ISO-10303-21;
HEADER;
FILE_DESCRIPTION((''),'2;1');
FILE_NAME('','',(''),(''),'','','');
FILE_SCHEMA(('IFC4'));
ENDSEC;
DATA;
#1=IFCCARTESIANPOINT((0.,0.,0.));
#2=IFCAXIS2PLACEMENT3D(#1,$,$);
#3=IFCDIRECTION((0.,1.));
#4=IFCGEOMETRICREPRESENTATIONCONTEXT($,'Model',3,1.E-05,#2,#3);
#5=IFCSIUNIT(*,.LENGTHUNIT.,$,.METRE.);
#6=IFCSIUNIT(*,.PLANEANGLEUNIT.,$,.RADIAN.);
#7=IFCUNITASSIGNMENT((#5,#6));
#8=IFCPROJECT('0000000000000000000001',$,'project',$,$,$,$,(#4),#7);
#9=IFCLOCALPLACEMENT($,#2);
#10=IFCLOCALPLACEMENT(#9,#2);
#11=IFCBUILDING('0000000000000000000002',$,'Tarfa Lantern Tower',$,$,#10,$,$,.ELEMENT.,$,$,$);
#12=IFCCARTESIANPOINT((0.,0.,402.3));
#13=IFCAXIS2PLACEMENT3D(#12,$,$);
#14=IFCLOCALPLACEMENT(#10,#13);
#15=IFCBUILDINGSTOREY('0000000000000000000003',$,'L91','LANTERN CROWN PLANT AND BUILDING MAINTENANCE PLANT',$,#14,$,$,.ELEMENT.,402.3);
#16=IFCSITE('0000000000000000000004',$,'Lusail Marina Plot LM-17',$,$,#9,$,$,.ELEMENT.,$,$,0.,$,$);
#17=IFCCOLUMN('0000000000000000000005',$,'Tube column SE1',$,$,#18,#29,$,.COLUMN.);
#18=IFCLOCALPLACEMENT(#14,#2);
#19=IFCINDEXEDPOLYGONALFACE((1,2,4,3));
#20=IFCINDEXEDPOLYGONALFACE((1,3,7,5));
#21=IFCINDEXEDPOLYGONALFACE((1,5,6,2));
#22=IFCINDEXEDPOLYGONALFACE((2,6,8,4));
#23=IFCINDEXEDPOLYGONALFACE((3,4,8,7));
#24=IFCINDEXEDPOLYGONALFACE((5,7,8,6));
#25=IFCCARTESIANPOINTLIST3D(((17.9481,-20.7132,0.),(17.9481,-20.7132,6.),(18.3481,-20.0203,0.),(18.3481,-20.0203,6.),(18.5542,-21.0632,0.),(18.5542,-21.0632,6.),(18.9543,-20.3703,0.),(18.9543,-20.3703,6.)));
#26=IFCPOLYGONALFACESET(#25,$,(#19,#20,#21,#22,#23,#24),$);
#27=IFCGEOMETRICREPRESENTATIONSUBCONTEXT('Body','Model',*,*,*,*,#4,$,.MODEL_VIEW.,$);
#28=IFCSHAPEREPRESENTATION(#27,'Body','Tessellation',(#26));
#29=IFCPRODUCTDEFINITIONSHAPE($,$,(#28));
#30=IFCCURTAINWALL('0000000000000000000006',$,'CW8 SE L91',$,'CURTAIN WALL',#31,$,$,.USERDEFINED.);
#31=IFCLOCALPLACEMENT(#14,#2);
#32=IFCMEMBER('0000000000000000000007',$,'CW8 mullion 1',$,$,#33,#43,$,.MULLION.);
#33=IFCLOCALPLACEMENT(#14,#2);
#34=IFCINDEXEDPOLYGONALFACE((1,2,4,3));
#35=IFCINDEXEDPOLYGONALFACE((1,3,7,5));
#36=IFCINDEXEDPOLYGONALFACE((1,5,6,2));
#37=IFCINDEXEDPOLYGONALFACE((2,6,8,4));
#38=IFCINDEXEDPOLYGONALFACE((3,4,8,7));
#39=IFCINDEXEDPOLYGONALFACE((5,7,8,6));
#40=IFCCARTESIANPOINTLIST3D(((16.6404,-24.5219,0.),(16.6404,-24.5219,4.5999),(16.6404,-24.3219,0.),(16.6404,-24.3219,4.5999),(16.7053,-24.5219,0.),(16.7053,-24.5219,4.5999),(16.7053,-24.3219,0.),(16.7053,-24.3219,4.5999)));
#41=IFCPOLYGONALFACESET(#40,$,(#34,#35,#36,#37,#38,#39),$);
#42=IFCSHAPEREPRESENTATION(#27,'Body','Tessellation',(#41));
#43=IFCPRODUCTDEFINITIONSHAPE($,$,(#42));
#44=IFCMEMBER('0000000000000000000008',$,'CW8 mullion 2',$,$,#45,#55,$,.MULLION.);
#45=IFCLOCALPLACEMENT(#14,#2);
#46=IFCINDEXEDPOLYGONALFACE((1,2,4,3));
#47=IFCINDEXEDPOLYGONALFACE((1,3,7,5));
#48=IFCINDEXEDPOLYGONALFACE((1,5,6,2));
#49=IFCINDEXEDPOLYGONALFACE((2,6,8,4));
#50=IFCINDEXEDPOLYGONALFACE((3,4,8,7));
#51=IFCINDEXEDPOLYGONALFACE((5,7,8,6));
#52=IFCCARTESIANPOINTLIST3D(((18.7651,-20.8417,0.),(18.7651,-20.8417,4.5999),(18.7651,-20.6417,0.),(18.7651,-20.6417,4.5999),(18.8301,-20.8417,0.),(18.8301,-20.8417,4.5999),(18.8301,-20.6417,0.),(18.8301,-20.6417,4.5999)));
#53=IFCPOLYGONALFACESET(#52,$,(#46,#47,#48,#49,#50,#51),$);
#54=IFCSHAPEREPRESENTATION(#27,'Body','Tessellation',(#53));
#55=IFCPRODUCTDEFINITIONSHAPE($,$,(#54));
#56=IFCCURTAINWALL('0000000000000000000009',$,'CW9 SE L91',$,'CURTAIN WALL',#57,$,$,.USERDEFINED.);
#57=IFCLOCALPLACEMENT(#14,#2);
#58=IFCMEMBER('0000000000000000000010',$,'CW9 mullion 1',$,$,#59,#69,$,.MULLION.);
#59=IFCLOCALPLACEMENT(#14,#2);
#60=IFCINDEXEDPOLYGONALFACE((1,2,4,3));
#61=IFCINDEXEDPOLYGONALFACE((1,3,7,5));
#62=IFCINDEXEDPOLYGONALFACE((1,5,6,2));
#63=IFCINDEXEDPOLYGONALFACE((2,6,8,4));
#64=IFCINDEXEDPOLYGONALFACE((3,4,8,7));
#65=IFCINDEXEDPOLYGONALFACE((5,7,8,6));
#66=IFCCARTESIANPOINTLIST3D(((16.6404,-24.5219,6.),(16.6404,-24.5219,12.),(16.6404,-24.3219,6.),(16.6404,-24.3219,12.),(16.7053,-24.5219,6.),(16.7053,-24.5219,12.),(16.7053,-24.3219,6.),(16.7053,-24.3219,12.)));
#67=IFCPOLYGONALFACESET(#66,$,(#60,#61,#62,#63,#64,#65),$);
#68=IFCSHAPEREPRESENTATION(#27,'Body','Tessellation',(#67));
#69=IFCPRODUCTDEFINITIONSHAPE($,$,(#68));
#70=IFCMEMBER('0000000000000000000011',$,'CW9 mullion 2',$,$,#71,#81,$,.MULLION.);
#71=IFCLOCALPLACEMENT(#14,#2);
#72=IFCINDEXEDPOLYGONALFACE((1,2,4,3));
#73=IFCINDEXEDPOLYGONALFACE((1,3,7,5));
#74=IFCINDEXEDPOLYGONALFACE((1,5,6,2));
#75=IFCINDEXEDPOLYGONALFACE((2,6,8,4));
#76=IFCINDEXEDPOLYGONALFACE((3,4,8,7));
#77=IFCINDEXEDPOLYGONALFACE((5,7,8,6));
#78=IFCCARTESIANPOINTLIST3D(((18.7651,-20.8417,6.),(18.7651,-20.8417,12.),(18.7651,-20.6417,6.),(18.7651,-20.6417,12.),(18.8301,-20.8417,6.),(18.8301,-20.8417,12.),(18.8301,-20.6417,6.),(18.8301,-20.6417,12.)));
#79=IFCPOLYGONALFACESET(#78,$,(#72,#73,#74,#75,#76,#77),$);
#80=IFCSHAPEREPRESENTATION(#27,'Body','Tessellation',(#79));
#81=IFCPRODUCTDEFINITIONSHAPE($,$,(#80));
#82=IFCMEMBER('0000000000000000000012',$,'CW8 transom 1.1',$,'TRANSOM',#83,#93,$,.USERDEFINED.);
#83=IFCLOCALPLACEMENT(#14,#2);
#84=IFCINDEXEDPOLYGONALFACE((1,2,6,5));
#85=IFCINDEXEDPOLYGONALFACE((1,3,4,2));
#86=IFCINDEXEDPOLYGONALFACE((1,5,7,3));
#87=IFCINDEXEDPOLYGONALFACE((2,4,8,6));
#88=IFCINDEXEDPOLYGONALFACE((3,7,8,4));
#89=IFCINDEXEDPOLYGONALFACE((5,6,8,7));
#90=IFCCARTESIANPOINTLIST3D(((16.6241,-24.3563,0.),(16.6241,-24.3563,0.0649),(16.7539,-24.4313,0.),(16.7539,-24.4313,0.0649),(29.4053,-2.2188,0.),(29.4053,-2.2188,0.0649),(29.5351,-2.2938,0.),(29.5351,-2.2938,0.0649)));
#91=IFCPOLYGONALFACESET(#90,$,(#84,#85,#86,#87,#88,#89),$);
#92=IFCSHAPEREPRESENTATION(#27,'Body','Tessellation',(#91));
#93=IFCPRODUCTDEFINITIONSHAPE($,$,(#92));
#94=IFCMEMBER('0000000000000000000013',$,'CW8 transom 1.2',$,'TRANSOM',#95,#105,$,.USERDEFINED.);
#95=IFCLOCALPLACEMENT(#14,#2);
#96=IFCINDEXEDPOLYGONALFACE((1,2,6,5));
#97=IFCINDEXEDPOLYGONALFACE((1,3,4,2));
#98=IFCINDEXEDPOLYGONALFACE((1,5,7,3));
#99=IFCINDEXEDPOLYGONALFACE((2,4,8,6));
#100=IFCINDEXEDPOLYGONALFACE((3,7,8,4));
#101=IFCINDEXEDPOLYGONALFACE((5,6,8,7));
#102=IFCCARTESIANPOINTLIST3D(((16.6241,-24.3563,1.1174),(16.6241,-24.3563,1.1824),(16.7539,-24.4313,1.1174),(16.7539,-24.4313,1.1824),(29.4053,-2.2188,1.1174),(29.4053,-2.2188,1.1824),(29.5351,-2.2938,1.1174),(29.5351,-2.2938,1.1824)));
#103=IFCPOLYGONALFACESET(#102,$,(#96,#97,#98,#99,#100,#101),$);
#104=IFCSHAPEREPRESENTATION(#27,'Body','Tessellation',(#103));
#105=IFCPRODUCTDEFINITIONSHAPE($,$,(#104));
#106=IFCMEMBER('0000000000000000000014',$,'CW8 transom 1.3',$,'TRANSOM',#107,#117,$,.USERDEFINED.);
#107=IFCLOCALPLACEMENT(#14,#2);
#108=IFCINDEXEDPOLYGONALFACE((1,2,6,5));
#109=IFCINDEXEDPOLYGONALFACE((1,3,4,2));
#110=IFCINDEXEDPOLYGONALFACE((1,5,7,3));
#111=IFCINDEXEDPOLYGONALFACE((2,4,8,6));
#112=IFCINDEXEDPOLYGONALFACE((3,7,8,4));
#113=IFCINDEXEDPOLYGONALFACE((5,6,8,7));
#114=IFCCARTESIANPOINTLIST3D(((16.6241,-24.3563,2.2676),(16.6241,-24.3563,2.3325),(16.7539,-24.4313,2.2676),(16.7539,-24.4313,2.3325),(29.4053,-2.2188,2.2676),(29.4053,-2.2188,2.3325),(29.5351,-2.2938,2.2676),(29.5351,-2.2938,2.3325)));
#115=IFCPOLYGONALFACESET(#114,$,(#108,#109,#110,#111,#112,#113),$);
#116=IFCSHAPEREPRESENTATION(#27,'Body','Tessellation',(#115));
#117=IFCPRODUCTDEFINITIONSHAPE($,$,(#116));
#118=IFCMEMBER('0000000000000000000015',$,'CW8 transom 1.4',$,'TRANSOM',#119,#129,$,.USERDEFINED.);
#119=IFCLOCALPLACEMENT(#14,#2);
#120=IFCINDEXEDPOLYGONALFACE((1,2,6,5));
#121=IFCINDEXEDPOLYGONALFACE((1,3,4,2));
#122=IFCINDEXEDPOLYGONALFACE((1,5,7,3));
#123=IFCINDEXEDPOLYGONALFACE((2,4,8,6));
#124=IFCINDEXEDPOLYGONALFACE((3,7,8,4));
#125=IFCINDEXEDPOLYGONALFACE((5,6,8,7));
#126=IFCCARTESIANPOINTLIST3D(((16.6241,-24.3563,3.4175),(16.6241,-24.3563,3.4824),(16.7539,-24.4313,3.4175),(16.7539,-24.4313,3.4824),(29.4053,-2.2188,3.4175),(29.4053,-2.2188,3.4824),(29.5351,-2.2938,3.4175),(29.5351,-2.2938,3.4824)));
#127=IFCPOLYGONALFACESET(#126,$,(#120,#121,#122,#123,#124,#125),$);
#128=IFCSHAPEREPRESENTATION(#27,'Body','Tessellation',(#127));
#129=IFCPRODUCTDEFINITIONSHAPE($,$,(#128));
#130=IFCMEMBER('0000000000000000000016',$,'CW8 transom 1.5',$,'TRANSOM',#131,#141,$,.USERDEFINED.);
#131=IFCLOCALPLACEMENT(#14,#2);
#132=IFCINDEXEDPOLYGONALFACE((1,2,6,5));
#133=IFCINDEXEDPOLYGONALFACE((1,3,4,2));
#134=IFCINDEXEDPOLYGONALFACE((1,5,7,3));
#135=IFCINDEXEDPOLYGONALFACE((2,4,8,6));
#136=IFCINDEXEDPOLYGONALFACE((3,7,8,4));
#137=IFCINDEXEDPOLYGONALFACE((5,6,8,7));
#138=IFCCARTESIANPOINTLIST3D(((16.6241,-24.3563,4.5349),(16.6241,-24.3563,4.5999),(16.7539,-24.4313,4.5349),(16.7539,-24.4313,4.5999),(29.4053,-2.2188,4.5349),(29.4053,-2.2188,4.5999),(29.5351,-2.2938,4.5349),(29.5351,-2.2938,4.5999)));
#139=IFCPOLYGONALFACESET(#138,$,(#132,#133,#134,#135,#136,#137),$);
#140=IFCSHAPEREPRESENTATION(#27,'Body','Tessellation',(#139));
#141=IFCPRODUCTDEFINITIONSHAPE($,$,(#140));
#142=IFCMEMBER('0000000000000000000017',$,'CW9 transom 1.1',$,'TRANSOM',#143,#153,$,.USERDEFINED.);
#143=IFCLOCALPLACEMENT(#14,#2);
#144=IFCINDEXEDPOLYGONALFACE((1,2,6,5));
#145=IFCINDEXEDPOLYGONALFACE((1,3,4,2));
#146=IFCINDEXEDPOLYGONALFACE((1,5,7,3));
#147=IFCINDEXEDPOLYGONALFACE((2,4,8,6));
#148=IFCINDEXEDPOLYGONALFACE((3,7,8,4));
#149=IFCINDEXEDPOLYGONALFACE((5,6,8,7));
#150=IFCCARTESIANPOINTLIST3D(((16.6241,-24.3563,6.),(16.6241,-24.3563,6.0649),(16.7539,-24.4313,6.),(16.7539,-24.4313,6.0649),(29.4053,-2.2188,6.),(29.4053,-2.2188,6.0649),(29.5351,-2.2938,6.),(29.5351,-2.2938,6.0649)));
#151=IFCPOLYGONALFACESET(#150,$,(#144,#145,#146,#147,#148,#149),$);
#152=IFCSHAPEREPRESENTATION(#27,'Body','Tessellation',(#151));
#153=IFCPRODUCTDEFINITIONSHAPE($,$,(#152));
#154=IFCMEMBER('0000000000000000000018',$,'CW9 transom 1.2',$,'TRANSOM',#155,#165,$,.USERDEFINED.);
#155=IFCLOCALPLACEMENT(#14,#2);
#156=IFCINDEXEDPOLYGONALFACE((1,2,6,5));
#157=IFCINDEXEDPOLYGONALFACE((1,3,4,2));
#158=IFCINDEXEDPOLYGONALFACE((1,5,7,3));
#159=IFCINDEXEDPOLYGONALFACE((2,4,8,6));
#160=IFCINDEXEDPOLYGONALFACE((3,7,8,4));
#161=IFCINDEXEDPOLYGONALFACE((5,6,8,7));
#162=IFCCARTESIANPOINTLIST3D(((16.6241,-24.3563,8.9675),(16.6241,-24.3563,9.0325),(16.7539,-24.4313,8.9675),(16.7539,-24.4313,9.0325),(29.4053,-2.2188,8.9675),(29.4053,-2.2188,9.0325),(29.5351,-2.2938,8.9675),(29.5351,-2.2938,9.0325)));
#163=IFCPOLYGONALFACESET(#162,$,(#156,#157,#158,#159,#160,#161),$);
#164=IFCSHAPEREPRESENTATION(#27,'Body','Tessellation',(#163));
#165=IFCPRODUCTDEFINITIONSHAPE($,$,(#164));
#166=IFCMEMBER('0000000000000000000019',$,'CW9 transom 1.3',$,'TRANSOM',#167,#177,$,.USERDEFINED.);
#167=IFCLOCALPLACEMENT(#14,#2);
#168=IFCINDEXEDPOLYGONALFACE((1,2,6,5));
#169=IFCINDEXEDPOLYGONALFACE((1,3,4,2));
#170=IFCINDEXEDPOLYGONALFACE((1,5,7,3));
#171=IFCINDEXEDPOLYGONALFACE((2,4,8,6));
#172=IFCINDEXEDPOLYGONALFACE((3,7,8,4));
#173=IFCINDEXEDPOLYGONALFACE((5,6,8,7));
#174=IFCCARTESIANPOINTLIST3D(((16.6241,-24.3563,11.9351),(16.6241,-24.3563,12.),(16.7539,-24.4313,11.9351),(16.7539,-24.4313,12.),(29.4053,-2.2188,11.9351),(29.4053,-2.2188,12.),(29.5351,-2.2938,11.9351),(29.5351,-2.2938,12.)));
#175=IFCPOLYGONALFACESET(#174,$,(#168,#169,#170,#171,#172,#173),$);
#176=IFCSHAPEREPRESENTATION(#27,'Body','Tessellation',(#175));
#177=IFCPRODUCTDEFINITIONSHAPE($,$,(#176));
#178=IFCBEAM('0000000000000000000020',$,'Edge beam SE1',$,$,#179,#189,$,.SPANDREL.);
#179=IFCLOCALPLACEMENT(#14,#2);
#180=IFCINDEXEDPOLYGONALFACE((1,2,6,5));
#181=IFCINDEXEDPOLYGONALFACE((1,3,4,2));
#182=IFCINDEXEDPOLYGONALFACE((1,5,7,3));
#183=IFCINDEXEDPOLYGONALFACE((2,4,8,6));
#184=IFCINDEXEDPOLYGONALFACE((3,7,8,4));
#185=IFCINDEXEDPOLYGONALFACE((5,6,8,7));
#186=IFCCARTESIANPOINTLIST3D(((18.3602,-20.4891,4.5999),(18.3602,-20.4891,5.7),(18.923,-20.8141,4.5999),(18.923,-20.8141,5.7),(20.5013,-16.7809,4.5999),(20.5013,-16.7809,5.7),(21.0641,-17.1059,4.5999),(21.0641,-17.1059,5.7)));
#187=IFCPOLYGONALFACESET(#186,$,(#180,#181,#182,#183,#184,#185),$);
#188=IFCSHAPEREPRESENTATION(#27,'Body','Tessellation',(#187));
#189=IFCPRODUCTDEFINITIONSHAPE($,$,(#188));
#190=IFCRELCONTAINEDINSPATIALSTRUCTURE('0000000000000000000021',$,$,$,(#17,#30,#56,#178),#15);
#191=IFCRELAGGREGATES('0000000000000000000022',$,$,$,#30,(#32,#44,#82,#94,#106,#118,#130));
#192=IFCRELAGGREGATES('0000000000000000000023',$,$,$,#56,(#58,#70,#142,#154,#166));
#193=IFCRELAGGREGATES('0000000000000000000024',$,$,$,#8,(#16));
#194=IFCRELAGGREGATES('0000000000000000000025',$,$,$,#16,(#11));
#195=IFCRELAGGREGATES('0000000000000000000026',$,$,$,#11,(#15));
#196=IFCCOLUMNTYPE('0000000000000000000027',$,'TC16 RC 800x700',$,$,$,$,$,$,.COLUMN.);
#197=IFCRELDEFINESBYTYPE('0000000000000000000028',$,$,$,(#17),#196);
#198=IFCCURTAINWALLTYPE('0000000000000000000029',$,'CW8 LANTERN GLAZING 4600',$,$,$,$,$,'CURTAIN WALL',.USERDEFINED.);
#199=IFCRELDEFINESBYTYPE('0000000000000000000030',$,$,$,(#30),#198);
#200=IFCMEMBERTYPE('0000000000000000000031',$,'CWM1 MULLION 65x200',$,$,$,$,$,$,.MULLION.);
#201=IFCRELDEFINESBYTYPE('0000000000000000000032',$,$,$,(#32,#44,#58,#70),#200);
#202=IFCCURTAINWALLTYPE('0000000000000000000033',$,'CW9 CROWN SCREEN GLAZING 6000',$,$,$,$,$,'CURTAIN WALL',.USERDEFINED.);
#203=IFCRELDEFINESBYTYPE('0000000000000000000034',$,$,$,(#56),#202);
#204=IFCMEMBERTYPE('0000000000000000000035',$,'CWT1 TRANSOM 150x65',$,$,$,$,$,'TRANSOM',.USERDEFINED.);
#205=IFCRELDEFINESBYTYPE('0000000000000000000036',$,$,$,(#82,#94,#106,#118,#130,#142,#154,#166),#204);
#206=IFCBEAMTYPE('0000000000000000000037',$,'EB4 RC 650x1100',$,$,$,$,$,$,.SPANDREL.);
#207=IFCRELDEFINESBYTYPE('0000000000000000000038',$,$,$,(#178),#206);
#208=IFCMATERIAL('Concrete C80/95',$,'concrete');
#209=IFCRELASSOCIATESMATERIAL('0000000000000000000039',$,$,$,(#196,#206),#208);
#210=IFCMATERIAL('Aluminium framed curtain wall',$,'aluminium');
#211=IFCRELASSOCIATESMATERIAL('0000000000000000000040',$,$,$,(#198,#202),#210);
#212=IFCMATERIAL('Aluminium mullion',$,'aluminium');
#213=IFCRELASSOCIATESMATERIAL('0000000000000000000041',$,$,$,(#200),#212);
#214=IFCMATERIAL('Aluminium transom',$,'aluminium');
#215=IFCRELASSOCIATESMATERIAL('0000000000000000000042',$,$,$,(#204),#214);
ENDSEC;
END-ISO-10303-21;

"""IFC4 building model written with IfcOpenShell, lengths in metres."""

from ifc_helpers import new_model, si_unit, direction, frame, origin, origin_2d, place, context, subcontext, project, spatial, rectangle, extrude, material, material_profile, profile_set, type_object, element, aggregate, save


model = new_model("IFC4")

# Units and contexts
model_context = context("Model", 3, precision=1e-05, world=origin(), true_north=direction((0.0, 1.0)))
body_context = subcontext(model_context, "Body", "Model", "MODEL_VIEW")
ifc_project = project(units=[si_unit("LENGTHUNIT", "METRE"), si_unit("PLANEANGLEUNIT", "RADIAN")], contexts=[model_context])

# Site, building, storey
site_placement = place(None, origin())
site = spatial("IfcSite", under=ifc_project, at=site_placement, Name="Lusail Marina Plot LM-17", CompositionType="ELEMENT", RefElevation=0.0)
building_placement = place(site_placement, origin())
building = spatial("IfcBuilding", under=site, at=building_placement, Name="Tarfa Lantern Tower", CompositionType="ELEMENT")
storey_placement = place(building_placement, frame((0.0, 0.0, 402.3)))
storey = spatial("IfcBuildingStorey", under=building, at=storey_placement, Name="L91", Description="LANTERN CROWN PLANT AND BUILDING MAINTENANCE PLANT", CompositionType="ELEMENT", Elevation=402.3)

# Column
ifc_material_1 = material(Name="Concrete C80/95", Category="concrete")
ifc_material_profile_1 = material_profile(ifc_material_1, rectangle(XDim=0.8, YDim=0.7, at=origin_2d()), Name="RC 800x700")
ifc_profile_set_1 = profile_set([ifc_material_profile_1], Name="Concrete C80/95")
column_type = type_object("IfcColumnType", Name="TC16 RC 800x700", PredefinedType="COLUMN", material=ifc_profile_set_1)
column_placement = place(storey_placement, frame((18.4512, -20.5417, 0.0), z_axis=(0.0, 0.0, 1.0), x_axis=(0.5, 0.866025, 0.0)))
element("IfcColumn", 1, at=column_placement, inside=storey, type_object=column_type, Name="Tube column SE1", PredefinedType="COLUMN", context=body_context, shape_type="SweptSolid", body=[
    extrude(rectangle(XDim=0.8, YDim=0.7, at=origin_2d()), origin(), (0.0, 0.0, 1.0), 6.0),
])

# Curtain walls, members
ifc_material_2 = material(Name="Aluminium framed curtain wall", Category="aluminium")
curtain_wall_type_1 = type_object("IfcCurtainWallType", Name="CW8 LANTERN GLAZING 4600", ElementType="CURTAIN WALL", PredefinedType="USERDEFINED", material=ifc_material_2)
curtain_wall_1_placement = place(storey_placement, origin())
curtain_wall_1 = element("IfcCurtainWall", 2, at=curtain_wall_1_placement, inside=storey, type_object=curtain_wall_type_1, Name="CW8 SE L91", ObjectType="CURTAIN WALL", PredefinedType="USERDEFINED")
ifc_material_3 = material(Name="Aluminium mullion", Category="aluminium")
ifc_material_profile_2 = material_profile(ifc_material_3, rectangle(XDim=0.0649, YDim=0.2, at=origin_2d()), Name="AL MULLION 65x200")
ifc_profile_set_2 = profile_set([ifc_material_profile_2], Name="Aluminium mullion")
member_type_1 = type_object("IfcMemberType", Name="CWM1 MULLION 65x200", PredefinedType="MULLION", material=ifc_profile_set_2)
member_1_placement = place(storey_placement, frame((16.6729, -24.4219, 0.0), z_axis=(0.0, 0.0, 1.0), x_axis=(1.0, 0.0, 0.0)))
member_1 = element("IfcMember", 3, at=member_1_placement, type_object=member_type_1, Name="CW8 mullion 1", PredefinedType="MULLION", context=body_context, shape_type="SweptSolid", body=[
    extrude(rectangle(XDim=0.0649, YDim=0.2, at=origin_2d()), origin(), (0.0, 0.0, 1.0), 4.5999),
])
member_2_placement = place(storey_placement, frame((18.7976, -20.7417, 0.0), z_axis=(0.0, 0.0, 1.0), x_axis=(1.0, 0.0, 0.0)))
member_2 = element("IfcMember", 4, at=member_2_placement, type_object=member_type_1, Name="CW8 mullion 2", PredefinedType="MULLION", context=body_context, shape_type="SweptSolid", body=[
    extrude(rectangle(XDim=0.0649, YDim=0.2, at=origin_2d()), origin(), (0.0, 0.0, 1.0), 4.5999),
])
curtain_wall_type_2 = type_object("IfcCurtainWallType", Name="CW9 CROWN SCREEN GLAZING 6000", ElementType="CURTAIN WALL", PredefinedType="USERDEFINED", material=ifc_material_2)
curtain_wall_2_placement = place(storey_placement, origin())
curtain_wall_2 = element("IfcCurtainWall", 5, at=curtain_wall_2_placement, inside=storey, type_object=curtain_wall_type_2, Name="CW9 SE L91", ObjectType="CURTAIN WALL", PredefinedType="USERDEFINED")
member_3_placement = place(storey_placement, frame((16.6729, -24.4219, 6.0), z_axis=(0.0, 0.0, 1.0), x_axis=(1.0, 0.0, 0.0)))
member_3 = element("IfcMember", 6, at=member_3_placement, type_object=member_type_1, Name="CW9 mullion 1", PredefinedType="MULLION", context=body_context, shape_type="SweptSolid", body=[
    extrude(rectangle(XDim=0.0649, YDim=0.2, at=origin_2d()), origin(), (0.0, 0.0, 1.0), 6.0),
])
member_4_placement = place(storey_placement, frame((18.7976, -20.7417, 6.0), z_axis=(0.0, 0.0, 1.0), x_axis=(1.0, 0.0, 0.0)))
member_4 = element("IfcMember", 7, at=member_4_placement, type_object=member_type_1, Name="CW9 mullion 2", PredefinedType="MULLION", context=body_context, shape_type="SweptSolid", body=[
    extrude(rectangle(XDim=0.0649, YDim=0.2, at=origin_2d()), origin(), (0.0, 0.0, 1.0), 6.0),
])

# Members
ifc_material_4 = material(Name="Aluminium transom", Category="aluminium")
ifc_material_profile_3 = material_profile(ifc_material_4, rectangle(XDim=0.1499, YDim=0.0649, at=origin_2d()), Name="AL TRANSOM 150x65")
ifc_profile_set_3 = profile_set([ifc_material_profile_3], Name="Aluminium transom")
member_type_2 = type_object("IfcMemberType", Name="CWT1 TRANSOM 150x65", ElementType="TRANSOM", PredefinedType="USERDEFINED", material=ifc_profile_set_3)
member_5_placement = place(storey_placement, frame((16.689, -24.3938, 0.0325), z_axis=(0.500005, 0.866022, 0.0), x_axis=(-0.866022, 0.500005, 0.0)))
member_5 = element("IfcMember", 8, at=member_5_placement, type_object=member_type_2, Name="CW8 transom 1.1", ObjectType="TRANSOM", PredefinedType="USERDEFINED", context=body_context, shape_type="SweptSolid", body=[
    extrude(rectangle(XDim=0.1499, YDim=0.0649, at=origin_2d()), origin(), (0.0, 0.0, 1.0), 25.5623),
])
member_6_placement = place(storey_placement, frame((16.689, -24.3938, 1.1499), z_axis=(0.500005, 0.866022, 0.0), x_axis=(-0.866022, 0.500005, 0.0)))
member_6 = element("IfcMember", 9, at=member_6_placement, type_object=member_type_2, Name="CW8 transom 1.2", ObjectType="TRANSOM", PredefinedType="USERDEFINED", context=body_context, shape_type="SweptSolid", body=[
    extrude(rectangle(XDim=0.1499, YDim=0.0649, at=origin_2d()), origin(), (0.0, 0.0, 1.0), 25.5623),
])
member_7_placement = place(storey_placement, frame((16.689, -24.3938, 2.3), z_axis=(0.500005, 0.866022, 0.0), x_axis=(-0.866022, 0.500005, 0.0)))
member_7 = element("IfcMember", 10, at=member_7_placement, type_object=member_type_2, Name="CW8 transom 1.3", ObjectType="TRANSOM", PredefinedType="USERDEFINED", context=body_context, shape_type="SweptSolid", body=[
    extrude(rectangle(XDim=0.1499, YDim=0.0649, at=origin_2d()), origin(), (0.0, 0.0, 1.0), 25.5623),
])
member_8_placement = place(storey_placement, frame((16.689, -24.3938, 3.45), z_axis=(0.500005, 0.866022, 0.0), x_axis=(-0.866022, 0.500005, 0.0)))
member_8 = element("IfcMember", 11, at=member_8_placement, type_object=member_type_2, Name="CW8 transom 1.4", ObjectType="TRANSOM", PredefinedType="USERDEFINED", context=body_context, shape_type="SweptSolid", body=[
    extrude(rectangle(XDim=0.1499, YDim=0.0649, at=origin_2d()), origin(), (0.0, 0.0, 1.0), 25.5623),
])
member_9_placement = place(storey_placement, frame((16.689, -24.3938, 4.5674), z_axis=(0.500005, 0.866022, 0.0), x_axis=(-0.866022, 0.500005, 0.0)))
member_9 = element("IfcMember", 12, at=member_9_placement, type_object=member_type_2, Name="CW8 transom 1.5", ObjectType="TRANSOM", PredefinedType="USERDEFINED", context=body_context, shape_type="SweptSolid", body=[
    extrude(rectangle(XDim=0.1499, YDim=0.0649, at=origin_2d()), origin(), (0.0, 0.0, 1.0), 25.5623),
])
member_10_placement = place(storey_placement, frame((16.689, -24.3938, 6.0325), z_axis=(0.500005, 0.866022, 0.0), x_axis=(-0.866022, 0.500005, 0.0)))
member_10 = element("IfcMember", 13, at=member_10_placement, type_object=member_type_2, Name="CW9 transom 1.1", ObjectType="TRANSOM", PredefinedType="USERDEFINED", context=body_context, shape_type="SweptSolid", body=[
    extrude(rectangle(XDim=0.1499, YDim=0.0649, at=origin_2d()), origin(), (0.0, 0.0, 1.0), 25.5623),
])
member_11_placement = place(storey_placement, frame((16.689, -24.3938, 9.0), z_axis=(0.500005, 0.866022, 0.0), x_axis=(-0.866022, 0.500005, 0.0)))
member_11 = element("IfcMember", 14, at=member_11_placement, type_object=member_type_2, Name="CW9 transom 1.2", ObjectType="TRANSOM", PredefinedType="USERDEFINED", context=body_context, shape_type="SweptSolid", body=[
    extrude(rectangle(XDim=0.1499, YDim=0.0649, at=origin_2d()), origin(), (0.0, 0.0, 1.0), 25.5623),
])
member_12_placement = place(storey_placement, frame((16.689, -24.3938, 11.9675), z_axis=(0.500005, 0.866022, 0.0), x_axis=(-0.866022, 0.500005, 0.0)))
member_12 = element("IfcMember", 15, at=member_12_placement, type_object=member_type_2, Name="CW9 transom 1.3", ObjectType="TRANSOM", PredefinedType="USERDEFINED", context=body_context, shape_type="SweptSolid", body=[
    extrude(rectangle(XDim=0.1499, YDim=0.0649, at=origin_2d()), origin(), (0.0, 0.0, 1.0), 25.5623),
])

# Beam
ifc_material_profile_4 = material_profile(ifc_material_1, rectangle(XDim=0.6499, YDim=1.1001, at=origin_2d()), Name="RC 650x1100")
ifc_profile_set_4 = profile_set([ifc_material_profile_4], Name="Concrete C80/95")
beam_type_1 = type_object("IfcBeamType", Name="EB4 RC 650x1100", PredefinedType="SPANDREL", material=ifc_profile_set_4)
beam_1_placement = place(storey_placement, frame((18.6416, -20.6516, 5.1499), z_axis=(0.500027, 0.86601, 0.0), x_axis=(-0.86601, 0.500027, 0.0)))
element("IfcBeam", 16, at=beam_1_placement, inside=storey, type_object=beam_type_1, Name="Edge beam SE1", PredefinedType="SPANDREL", context=body_context, shape_type="SweptSolid", body=[
    extrude(rectangle(XDim=0.6499, YDim=1.1001, at=origin_2d()), origin(), (0.0, 0.0, 1.0), 4.282),
])

aggregate(curtain_wall_1, [member_1, member_2, member_5, member_6, member_7, member_8, member_9])
aggregate(curtain_wall_2, [member_3, member_4, member_10, member_11, member_12])

save(model, "model.ifc")
